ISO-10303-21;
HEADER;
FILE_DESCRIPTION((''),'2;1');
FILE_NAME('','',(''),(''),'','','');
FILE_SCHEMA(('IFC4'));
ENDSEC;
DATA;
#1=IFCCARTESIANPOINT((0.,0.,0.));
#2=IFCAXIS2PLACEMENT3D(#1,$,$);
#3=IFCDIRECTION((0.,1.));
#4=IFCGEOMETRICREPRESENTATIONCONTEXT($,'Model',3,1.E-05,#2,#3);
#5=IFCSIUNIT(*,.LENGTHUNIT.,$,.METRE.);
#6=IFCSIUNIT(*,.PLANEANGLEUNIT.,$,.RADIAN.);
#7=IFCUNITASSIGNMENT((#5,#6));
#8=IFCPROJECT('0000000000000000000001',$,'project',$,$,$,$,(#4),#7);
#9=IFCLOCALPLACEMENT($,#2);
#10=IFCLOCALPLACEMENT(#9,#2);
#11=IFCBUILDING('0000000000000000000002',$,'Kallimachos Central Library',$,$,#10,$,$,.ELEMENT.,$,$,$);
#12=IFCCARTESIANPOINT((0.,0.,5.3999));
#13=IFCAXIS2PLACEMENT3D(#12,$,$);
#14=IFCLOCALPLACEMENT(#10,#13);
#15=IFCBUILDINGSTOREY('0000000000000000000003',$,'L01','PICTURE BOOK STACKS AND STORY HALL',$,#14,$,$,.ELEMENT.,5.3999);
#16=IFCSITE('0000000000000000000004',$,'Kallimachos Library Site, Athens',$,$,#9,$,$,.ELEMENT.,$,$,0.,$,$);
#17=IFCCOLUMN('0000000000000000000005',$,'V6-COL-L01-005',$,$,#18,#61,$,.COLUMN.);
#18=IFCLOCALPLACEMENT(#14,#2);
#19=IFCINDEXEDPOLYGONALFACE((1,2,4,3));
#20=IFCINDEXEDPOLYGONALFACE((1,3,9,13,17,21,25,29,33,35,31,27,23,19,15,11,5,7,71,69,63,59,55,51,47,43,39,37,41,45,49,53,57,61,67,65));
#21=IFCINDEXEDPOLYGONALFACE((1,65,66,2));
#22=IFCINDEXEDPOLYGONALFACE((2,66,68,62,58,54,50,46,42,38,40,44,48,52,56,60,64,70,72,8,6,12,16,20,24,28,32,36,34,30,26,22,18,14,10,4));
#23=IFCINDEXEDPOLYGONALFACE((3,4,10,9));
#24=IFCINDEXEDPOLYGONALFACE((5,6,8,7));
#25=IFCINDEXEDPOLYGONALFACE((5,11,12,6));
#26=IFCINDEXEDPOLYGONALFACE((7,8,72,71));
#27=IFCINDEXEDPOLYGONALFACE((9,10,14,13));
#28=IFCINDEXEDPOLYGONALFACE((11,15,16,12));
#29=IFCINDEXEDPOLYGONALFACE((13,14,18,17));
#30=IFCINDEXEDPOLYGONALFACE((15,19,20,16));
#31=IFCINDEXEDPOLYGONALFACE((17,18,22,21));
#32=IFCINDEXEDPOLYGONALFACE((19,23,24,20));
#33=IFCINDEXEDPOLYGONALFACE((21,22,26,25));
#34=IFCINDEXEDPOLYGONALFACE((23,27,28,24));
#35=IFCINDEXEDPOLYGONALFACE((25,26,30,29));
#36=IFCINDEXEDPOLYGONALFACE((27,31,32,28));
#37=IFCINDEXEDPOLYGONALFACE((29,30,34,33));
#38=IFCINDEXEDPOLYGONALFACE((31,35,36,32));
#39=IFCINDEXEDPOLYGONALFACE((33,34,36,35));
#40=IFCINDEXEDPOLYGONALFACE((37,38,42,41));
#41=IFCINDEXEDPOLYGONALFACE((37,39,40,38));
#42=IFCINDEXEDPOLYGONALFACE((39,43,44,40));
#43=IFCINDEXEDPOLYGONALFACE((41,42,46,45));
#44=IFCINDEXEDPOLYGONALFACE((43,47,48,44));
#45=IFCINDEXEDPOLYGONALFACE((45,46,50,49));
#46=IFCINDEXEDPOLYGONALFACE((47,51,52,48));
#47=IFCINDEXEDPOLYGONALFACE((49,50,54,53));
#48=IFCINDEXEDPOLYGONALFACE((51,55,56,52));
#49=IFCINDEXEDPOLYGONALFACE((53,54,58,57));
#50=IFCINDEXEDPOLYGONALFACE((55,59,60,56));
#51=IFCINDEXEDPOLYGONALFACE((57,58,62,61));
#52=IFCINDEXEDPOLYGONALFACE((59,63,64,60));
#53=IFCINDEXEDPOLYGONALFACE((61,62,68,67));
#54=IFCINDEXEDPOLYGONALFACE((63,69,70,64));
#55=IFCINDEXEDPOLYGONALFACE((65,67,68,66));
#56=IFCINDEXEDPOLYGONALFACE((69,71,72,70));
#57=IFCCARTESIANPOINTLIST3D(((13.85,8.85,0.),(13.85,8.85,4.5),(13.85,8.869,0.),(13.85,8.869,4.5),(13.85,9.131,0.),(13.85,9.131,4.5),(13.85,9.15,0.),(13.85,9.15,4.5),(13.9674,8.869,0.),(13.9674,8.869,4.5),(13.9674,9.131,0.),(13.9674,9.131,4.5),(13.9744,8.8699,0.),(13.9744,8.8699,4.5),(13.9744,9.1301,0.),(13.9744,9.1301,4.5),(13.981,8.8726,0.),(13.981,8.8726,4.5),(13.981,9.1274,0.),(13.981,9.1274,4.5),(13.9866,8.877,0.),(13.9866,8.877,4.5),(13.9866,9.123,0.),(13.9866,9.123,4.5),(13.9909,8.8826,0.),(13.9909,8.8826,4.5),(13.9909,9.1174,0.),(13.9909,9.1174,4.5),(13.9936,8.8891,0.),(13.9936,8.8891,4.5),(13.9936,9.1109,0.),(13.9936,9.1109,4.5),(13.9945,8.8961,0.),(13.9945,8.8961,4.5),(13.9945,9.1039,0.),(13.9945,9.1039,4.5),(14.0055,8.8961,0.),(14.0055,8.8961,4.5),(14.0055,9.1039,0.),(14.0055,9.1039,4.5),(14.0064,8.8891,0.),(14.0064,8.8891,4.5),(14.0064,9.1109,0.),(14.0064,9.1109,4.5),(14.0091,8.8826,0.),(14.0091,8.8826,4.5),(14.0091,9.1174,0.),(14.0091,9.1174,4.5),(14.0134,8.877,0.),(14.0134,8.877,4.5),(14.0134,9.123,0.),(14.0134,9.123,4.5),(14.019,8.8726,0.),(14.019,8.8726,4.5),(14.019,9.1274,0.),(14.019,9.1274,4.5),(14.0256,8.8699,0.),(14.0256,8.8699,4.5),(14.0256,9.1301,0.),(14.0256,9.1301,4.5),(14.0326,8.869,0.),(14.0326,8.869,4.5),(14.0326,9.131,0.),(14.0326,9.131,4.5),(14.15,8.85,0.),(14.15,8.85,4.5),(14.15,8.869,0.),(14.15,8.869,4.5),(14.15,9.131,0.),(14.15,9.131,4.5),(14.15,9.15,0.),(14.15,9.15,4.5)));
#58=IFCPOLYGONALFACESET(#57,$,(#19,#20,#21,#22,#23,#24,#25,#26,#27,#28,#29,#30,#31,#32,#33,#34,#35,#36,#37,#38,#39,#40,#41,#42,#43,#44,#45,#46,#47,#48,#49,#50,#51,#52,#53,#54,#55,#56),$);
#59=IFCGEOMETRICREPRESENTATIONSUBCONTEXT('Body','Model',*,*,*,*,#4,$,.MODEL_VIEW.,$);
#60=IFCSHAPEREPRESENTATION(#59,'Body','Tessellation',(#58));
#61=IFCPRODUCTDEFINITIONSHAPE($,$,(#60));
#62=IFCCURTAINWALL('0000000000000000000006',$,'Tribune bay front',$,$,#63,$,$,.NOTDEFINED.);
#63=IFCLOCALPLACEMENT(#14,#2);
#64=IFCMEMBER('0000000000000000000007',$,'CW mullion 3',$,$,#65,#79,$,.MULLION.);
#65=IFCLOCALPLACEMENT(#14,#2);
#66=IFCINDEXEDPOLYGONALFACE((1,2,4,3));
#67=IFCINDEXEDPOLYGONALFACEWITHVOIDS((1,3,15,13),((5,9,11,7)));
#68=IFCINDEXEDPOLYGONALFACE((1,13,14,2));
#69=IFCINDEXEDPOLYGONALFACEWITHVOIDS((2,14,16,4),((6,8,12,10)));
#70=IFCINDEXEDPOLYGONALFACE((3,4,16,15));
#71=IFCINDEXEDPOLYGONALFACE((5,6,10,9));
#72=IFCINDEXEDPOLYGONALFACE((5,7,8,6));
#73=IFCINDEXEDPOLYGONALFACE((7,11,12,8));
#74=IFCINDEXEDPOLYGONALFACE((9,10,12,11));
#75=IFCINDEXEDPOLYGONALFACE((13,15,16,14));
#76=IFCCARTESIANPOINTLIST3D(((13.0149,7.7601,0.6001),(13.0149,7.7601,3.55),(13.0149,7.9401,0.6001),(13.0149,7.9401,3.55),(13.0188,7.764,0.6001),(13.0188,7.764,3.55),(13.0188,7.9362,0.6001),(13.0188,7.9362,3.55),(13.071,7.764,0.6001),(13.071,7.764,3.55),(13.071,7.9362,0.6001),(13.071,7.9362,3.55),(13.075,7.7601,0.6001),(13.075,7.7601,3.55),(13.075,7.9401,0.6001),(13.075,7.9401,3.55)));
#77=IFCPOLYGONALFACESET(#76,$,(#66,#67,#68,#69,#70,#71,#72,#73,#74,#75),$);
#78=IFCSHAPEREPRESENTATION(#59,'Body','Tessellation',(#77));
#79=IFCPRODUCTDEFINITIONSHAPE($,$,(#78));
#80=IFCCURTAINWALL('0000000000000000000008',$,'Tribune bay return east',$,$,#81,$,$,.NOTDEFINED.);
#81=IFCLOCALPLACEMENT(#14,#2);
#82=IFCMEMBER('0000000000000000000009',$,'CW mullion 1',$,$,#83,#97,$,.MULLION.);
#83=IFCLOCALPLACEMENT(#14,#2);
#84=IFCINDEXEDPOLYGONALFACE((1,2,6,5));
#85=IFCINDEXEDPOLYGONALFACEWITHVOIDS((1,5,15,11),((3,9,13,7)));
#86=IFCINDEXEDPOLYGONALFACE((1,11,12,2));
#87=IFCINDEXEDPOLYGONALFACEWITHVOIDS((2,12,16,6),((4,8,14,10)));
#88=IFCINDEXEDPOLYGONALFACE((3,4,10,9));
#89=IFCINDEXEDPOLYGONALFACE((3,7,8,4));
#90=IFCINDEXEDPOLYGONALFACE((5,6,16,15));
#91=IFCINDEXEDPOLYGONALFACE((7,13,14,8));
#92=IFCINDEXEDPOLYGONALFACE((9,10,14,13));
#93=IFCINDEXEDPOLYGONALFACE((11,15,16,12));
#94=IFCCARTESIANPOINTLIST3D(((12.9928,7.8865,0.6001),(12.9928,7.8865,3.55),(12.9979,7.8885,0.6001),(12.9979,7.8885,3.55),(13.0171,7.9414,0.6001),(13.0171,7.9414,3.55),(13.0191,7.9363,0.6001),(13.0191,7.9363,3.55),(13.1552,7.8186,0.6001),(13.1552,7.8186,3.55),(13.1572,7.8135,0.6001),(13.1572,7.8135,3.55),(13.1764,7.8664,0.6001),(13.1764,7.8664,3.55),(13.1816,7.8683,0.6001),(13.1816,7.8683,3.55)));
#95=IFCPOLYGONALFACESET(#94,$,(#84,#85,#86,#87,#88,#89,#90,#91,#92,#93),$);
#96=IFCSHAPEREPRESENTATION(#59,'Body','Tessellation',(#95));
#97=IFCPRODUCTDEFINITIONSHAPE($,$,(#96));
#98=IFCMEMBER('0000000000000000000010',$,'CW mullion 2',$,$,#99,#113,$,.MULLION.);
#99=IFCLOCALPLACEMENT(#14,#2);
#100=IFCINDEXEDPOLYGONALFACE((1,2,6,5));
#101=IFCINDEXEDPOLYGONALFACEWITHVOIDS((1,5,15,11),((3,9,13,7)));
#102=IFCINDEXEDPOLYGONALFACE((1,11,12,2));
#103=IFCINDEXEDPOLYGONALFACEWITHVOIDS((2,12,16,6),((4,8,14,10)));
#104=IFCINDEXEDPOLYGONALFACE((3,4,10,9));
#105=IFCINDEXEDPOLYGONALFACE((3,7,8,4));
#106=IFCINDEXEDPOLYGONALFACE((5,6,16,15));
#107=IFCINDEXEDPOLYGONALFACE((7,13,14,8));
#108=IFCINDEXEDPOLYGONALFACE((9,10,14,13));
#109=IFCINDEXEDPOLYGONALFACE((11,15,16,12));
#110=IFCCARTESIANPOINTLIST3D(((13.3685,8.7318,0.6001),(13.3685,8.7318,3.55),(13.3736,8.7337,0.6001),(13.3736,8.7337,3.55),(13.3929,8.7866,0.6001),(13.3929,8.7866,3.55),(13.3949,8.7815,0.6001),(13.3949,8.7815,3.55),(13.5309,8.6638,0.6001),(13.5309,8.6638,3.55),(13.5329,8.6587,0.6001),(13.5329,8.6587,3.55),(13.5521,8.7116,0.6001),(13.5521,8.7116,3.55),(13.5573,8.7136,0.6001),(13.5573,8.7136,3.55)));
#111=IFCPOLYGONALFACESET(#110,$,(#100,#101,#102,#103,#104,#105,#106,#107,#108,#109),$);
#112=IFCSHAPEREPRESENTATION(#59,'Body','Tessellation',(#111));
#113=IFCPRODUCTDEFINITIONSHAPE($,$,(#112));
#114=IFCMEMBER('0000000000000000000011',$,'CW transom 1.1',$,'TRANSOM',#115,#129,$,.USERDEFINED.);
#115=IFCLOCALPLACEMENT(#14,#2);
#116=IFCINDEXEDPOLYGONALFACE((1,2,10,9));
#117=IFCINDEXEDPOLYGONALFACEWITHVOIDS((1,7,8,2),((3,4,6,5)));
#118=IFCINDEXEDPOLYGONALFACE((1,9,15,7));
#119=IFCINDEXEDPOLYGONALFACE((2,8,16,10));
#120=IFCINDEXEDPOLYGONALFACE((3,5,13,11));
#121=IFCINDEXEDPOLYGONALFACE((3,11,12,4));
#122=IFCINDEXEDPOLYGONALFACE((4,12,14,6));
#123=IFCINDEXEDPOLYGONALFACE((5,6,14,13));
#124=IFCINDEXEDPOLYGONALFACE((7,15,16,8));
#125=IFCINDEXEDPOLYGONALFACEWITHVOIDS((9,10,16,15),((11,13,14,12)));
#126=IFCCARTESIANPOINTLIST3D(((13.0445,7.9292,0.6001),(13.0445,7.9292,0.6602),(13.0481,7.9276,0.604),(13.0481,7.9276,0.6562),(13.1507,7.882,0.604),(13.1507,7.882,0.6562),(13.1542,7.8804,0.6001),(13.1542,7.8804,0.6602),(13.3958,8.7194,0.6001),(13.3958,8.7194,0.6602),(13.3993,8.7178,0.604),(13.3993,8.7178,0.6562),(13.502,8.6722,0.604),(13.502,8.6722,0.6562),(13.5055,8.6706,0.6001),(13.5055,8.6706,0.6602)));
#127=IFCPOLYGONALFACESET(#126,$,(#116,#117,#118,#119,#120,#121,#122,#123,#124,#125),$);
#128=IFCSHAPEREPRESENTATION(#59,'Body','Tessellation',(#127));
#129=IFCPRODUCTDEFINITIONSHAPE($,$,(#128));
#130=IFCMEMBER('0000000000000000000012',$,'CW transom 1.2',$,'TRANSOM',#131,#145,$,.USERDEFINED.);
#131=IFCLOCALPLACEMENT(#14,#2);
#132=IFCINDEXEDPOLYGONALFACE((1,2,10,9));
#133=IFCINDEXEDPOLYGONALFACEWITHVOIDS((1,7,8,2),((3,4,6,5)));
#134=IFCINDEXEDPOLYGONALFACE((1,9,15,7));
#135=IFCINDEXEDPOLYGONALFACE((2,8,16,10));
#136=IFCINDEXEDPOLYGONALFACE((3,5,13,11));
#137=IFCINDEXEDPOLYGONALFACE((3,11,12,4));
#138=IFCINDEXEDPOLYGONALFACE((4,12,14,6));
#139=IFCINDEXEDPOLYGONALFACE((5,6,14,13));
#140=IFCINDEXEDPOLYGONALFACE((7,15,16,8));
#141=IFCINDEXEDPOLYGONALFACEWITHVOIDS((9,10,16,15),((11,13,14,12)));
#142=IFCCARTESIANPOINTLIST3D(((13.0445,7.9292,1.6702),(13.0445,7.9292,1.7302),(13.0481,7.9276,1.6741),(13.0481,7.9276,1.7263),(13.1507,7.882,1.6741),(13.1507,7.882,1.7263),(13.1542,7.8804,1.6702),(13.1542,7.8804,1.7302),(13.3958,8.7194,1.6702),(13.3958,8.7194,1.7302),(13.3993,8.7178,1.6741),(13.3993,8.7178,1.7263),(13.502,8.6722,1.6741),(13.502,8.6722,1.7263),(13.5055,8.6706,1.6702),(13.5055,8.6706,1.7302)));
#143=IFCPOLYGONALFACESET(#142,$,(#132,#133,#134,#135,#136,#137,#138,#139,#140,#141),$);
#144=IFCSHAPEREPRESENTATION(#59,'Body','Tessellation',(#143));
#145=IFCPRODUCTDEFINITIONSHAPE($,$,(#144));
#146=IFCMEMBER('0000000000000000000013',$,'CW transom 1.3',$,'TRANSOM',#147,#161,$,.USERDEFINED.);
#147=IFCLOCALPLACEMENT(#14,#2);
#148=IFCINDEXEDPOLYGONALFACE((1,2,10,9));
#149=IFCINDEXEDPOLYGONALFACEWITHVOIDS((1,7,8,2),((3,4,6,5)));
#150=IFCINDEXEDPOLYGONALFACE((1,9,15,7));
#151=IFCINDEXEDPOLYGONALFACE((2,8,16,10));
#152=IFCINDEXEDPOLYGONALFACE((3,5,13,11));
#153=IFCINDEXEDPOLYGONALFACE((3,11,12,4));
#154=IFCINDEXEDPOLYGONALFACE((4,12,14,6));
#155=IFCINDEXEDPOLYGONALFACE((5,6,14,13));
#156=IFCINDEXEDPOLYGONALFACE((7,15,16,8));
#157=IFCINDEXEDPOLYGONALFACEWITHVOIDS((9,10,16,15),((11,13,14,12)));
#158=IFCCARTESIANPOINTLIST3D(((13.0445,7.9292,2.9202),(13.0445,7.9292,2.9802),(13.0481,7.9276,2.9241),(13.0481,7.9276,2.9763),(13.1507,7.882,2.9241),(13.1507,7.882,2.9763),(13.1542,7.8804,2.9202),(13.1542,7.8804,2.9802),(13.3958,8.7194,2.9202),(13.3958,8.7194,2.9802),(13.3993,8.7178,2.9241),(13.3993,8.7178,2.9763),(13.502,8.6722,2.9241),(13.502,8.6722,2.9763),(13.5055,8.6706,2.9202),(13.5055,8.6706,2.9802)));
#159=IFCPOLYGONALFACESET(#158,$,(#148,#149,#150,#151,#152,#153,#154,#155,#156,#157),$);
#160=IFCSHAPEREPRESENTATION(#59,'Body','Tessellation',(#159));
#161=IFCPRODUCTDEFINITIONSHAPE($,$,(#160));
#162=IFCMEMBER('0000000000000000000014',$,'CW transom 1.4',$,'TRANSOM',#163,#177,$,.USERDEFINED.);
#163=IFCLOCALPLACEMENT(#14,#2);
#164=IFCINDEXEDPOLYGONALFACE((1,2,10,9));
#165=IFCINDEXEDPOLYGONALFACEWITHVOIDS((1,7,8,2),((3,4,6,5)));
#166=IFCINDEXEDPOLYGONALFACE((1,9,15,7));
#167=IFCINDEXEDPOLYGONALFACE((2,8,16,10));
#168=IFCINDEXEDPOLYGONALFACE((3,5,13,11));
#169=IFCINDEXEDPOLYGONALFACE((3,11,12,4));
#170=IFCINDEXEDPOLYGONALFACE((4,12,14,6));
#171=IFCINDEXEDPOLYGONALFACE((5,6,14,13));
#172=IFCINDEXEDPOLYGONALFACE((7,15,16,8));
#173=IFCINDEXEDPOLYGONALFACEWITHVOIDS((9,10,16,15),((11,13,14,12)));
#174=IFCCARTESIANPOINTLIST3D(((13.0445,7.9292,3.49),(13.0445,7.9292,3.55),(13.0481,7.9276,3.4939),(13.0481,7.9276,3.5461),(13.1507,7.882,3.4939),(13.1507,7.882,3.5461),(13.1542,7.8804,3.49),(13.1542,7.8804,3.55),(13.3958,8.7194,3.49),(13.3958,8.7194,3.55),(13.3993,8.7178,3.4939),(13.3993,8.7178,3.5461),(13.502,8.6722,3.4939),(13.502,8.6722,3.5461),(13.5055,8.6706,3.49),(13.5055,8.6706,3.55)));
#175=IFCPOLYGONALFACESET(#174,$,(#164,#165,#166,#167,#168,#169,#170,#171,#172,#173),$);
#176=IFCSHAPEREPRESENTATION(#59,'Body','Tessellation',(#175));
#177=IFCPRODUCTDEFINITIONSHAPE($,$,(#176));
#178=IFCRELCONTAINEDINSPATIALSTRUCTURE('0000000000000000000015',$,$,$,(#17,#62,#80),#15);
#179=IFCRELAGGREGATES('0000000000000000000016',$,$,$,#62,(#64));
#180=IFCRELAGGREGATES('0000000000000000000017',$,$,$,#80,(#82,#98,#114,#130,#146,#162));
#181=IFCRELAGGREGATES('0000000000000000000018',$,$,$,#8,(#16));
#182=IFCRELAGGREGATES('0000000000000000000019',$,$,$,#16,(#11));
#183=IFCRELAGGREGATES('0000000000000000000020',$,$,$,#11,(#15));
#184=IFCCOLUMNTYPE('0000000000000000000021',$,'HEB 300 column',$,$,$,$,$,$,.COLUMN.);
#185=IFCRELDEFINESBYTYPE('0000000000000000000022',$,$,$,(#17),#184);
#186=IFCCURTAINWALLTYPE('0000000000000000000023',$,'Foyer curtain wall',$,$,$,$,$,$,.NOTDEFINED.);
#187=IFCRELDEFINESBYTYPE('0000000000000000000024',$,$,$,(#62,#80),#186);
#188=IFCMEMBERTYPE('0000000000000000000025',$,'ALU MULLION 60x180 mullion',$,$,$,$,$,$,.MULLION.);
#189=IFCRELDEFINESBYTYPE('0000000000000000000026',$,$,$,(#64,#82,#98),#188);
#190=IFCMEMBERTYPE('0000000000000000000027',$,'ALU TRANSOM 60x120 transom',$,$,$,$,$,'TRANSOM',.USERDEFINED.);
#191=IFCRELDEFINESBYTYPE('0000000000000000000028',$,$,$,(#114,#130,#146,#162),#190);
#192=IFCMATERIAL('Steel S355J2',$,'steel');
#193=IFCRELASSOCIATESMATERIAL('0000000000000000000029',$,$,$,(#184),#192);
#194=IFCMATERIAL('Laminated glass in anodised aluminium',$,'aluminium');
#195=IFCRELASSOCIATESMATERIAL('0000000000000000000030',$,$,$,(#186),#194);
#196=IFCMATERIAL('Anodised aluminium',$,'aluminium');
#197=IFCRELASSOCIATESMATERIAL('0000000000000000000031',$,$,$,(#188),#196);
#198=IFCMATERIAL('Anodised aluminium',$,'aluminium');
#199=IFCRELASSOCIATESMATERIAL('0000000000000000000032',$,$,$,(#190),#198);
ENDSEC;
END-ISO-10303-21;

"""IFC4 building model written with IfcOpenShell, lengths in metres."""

from ifc_helpers import new_model, si_unit, direction, frame, origin, origin_2d, place, context, subcontext, project, spatial, hollow_rectangle, i_section, extrude, material, material_profile, profile_set, type_object, element, aggregate, save


model = new_model("IFC4")

# Units and contexts
model_context = context("Model", 3, precision=1e-05, world=origin(), true_north=direction((0.0, 1.0)))
body_context = subcontext(model_context, "Body", "Model", "MODEL_VIEW")
ifc_project = project(units=[si_unit("LENGTHUNIT", "METRE"), si_unit("PLANEANGLEUNIT", "RADIAN")], contexts=[model_context])

# Site, building, storey
site_placement = place(None, origin())
site = spatial("IfcSite", under=ifc_project, at=site_placement, Name="Kallimachos Library Site, Athens", CompositionType="ELEMENT", RefElevation=0.0)
building_placement = place(site_placement, origin())
building = spatial("IfcBuilding", under=site, at=building_placement, Name="Kallimachos Central Library", CompositionType="ELEMENT")
storey_placement = place(building_placement, frame((0.0, 0.0, 5.3999)))
storey = spatial("IfcBuildingStorey", under=building, at=storey_placement, Name="L01", Description="PICTURE BOOK STACKS AND STORY HALL", CompositionType="ELEMENT", Elevation=5.3999)

# Column
ifc_material_1 = material(Name="Steel S355J2", Category="steel")
ifc_material_profile_1 = material_profile(ifc_material_1, i_section(OverallWidth=0.3, OverallDepth=0.3, WebThickness=0.011, FlangeThickness=0.019, FilletRadius=0.0271, at=origin_2d()), Name="HEB 300")
ifc_profile_set_1 = profile_set([ifc_material_profile_1], Name="Steel S355J2")
column_type = type_object("IfcColumnType", Name="HEB 300 column", PredefinedType="COLUMN", material=ifc_profile_set_1)
column_placement = place(storey_placement, frame((14.0, 9.0, 0.0), z_axis=(0.0, 0.0, 1.0), x_axis=(1.0, 0.0, 0.0)))
element("IfcColumn", 1, at=column_placement, inside=storey, type_object=column_type, Name="V6-COL-L01-005", PredefinedType="COLUMN", context=body_context, shape_type="SweptSolid", body=[
    extrude(i_section(OverallWidth=0.3, OverallDepth=0.3, WebThickness=0.011, FlangeThickness=0.019, FilletRadius=0.0271, at=origin_2d()), origin(), (0.0, 0.0, 1.0), 4.5),
])

# Curtain wall, member
ifc_material_2 = material(Name="Laminated glass in anodised aluminium", Category="aluminium")
curtain_wall_type = type_object("IfcCurtainWallType", Name="Foyer curtain wall", PredefinedType="NOTDEFINED", material=ifc_material_2)
curtain_wall_1_placement = place(storey_placement, origin())
curtain_wall_1 = element("IfcCurtainWall", 2, at=curtain_wall_1_placement, inside=storey, type_object=curtain_wall_type, Name="Tribune bay front", PredefinedType="NOTDEFINED")
ifc_material_3 = material(Name="Anodised aluminium", Category="aluminium")
ifc_material_profile_2 = material_profile(ifc_material_3, hollow_rectangle(XDim=0.0601, YDim=0.1799, WallThickness=0.0039, at=origin_2d()), Name="ALU MULLION 60x180")
ifc_profile_set_2 = profile_set([ifc_material_profile_2], Name="Anodised aluminium")
member_type_1 = type_object("IfcMemberType", Name="ALU MULLION 60x180 mullion", PredefinedType="MULLION", material=ifc_profile_set_2)
member_1_placement = place(storey_placement, frame((13.0449, 7.8501, 0.6001), z_axis=(0.0, 0.0, 1.0), x_axis=(1.0, 0.0, 0.0)))
member_1 = element("IfcMember", 3, at=member_1_placement, type_object=member_type_1, Name="CW mullion 3", PredefinedType="MULLION", context=body_context, shape_type="SweptSolid", body=[
    extrude(hollow_rectangle(XDim=0.0601, YDim=0.1799, WallThickness=0.0039, at=origin_2d()), origin(), (0.0, 0.0, 1.0), 2.95),
])

# Curtain wall, members
curtain_wall_2_placement = place(storey_placement, origin())
curtain_wall_2 = element("IfcCurtainWall", 4, at=curtain_wall_2_placement, inside=storey, type_object=curtain_wall_type, Name="Tribune bay return east", PredefinedType="NOTDEFINED")
member_2_placement = place(storey_placement, frame((13.0872, 7.8774, 0.6001), z_axis=(0.0, 0.0, 1.0), x_axis=(0.406138, 0.913812, 0.0)))
member_2 = element("IfcMember", 5, at=member_2_placement, type_object=member_type_1, Name="CW mullion 1", PredefinedType="MULLION", context=body_context, shape_type="SweptSolid", body=[
    extrude(hollow_rectangle(XDim=0.0601, YDim=0.1799, WallThickness=0.0039, at=origin_2d()), origin(), (0.0, 0.0, 1.0), 2.95),
])
member_3_placement = place(storey_placement, frame((13.4629, 8.7227, 0.6001), z_axis=(0.0, 0.0, 1.0), x_axis=(0.406138, 0.913812, 0.0)))
member_3 = element("IfcMember", 6, at=member_3_placement, type_object=member_type_1, Name="CW mullion 2", PredefinedType="MULLION", context=body_context, shape_type="SweptSolid", body=[
    extrude(hollow_rectangle(XDim=0.0601, YDim=0.1799, WallThickness=0.0039, at=origin_2d()), origin(), (0.0, 0.0, 1.0), 2.95),
])
ifc_material_4 = material(Name="Anodised aluminium", Category="aluminium")
ifc_material_profile_3 = material_profile(ifc_material_4, hollow_rectangle(XDim=0.0601, YDim=0.1201, WallThickness=0.0039, at=origin_2d()), Name="ALU TRANSOM 60x120")
ifc_profile_set_3 = profile_set([ifc_material_profile_3], Name="Anodised aluminium")
member_type_2 = type_object("IfcMemberType", Name="ALU TRANSOM 60x120 transom", ElementType="TRANSOM", PredefinedType="USERDEFINED", material=ifc_profile_set_3)
member_4_placement = place(storey_placement, frame((13.0994, 7.9048, 0.6301), z_axis=(0.406217, 0.913777, 0.0), x_axis=(0.0, 0.0, 1.0)))
member_4 = element("IfcMember", 7, at=member_4_placement, type_object=member_type_2, Name="CW transom 1.1", ObjectType="TRANSOM", PredefinedType="USERDEFINED", context=body_context, shape_type="SweptSolid", body=[
    extrude(hollow_rectangle(XDim=0.0601, YDim=0.1201, WallThickness=0.0039, at=origin_2d()), origin(), (0.0, 0.0, 1.0), 0.8647),
])
member_5_placement = place(storey_placement, frame((13.0994, 7.9048, 1.7002), z_axis=(0.406217, 0.913777, 0.0), x_axis=(0.0, 0.0, 1.0)))
member_5 = element("IfcMember", 8, at=member_5_placement, type_object=member_type_2, Name="CW transom 1.2", ObjectType="TRANSOM", PredefinedType="USERDEFINED", context=body_context, shape_type="SweptSolid", body=[
    extrude(hollow_rectangle(XDim=0.0601, YDim=0.1201, WallThickness=0.0039, at=origin_2d()), origin(), (0.0, 0.0, 1.0), 0.8647),
])
member_6_placement = place(storey_placement, frame((13.0994, 7.9048, 2.9502), z_axis=(0.406217, 0.913777, 0.0), x_axis=(0.0, 0.0, 1.0)))
member_6 = element("IfcMember", 9, at=member_6_placement, type_object=member_type_2, Name="CW transom 1.3", ObjectType="TRANSOM", PredefinedType="USERDEFINED", context=body_context, shape_type="SweptSolid", body=[
    extrude(hollow_rectangle(XDim=0.0601, YDim=0.1201, WallThickness=0.0039, at=origin_2d()), origin(), (0.0, 0.0, 1.0), 0.8647),
])
member_7_placement = place(storey_placement, frame((13.0994, 7.9048, 3.52), z_axis=(0.406217, 0.913777, 0.0), x_axis=(0.0, 0.0, 1.0)))
member_7 = element("IfcMember", 10, at=member_7_placement, type_object=member_type_2, Name="CW transom 1.4", ObjectType="TRANSOM", PredefinedType="USERDEFINED", context=body_context, shape_type="SweptSolid", body=[
    extrude(hollow_rectangle(XDim=0.0601, YDim=0.1201, WallThickness=0.0039, at=origin_2d()), origin(), (0.0, 0.0, 1.0), 0.8647),
])

aggregate(curtain_wall_1, [member_1])
aggregate(curtain_wall_2, [member_2, member_3, member_4, member_5, member_6, member_7])

save(model, "model.ifc")
